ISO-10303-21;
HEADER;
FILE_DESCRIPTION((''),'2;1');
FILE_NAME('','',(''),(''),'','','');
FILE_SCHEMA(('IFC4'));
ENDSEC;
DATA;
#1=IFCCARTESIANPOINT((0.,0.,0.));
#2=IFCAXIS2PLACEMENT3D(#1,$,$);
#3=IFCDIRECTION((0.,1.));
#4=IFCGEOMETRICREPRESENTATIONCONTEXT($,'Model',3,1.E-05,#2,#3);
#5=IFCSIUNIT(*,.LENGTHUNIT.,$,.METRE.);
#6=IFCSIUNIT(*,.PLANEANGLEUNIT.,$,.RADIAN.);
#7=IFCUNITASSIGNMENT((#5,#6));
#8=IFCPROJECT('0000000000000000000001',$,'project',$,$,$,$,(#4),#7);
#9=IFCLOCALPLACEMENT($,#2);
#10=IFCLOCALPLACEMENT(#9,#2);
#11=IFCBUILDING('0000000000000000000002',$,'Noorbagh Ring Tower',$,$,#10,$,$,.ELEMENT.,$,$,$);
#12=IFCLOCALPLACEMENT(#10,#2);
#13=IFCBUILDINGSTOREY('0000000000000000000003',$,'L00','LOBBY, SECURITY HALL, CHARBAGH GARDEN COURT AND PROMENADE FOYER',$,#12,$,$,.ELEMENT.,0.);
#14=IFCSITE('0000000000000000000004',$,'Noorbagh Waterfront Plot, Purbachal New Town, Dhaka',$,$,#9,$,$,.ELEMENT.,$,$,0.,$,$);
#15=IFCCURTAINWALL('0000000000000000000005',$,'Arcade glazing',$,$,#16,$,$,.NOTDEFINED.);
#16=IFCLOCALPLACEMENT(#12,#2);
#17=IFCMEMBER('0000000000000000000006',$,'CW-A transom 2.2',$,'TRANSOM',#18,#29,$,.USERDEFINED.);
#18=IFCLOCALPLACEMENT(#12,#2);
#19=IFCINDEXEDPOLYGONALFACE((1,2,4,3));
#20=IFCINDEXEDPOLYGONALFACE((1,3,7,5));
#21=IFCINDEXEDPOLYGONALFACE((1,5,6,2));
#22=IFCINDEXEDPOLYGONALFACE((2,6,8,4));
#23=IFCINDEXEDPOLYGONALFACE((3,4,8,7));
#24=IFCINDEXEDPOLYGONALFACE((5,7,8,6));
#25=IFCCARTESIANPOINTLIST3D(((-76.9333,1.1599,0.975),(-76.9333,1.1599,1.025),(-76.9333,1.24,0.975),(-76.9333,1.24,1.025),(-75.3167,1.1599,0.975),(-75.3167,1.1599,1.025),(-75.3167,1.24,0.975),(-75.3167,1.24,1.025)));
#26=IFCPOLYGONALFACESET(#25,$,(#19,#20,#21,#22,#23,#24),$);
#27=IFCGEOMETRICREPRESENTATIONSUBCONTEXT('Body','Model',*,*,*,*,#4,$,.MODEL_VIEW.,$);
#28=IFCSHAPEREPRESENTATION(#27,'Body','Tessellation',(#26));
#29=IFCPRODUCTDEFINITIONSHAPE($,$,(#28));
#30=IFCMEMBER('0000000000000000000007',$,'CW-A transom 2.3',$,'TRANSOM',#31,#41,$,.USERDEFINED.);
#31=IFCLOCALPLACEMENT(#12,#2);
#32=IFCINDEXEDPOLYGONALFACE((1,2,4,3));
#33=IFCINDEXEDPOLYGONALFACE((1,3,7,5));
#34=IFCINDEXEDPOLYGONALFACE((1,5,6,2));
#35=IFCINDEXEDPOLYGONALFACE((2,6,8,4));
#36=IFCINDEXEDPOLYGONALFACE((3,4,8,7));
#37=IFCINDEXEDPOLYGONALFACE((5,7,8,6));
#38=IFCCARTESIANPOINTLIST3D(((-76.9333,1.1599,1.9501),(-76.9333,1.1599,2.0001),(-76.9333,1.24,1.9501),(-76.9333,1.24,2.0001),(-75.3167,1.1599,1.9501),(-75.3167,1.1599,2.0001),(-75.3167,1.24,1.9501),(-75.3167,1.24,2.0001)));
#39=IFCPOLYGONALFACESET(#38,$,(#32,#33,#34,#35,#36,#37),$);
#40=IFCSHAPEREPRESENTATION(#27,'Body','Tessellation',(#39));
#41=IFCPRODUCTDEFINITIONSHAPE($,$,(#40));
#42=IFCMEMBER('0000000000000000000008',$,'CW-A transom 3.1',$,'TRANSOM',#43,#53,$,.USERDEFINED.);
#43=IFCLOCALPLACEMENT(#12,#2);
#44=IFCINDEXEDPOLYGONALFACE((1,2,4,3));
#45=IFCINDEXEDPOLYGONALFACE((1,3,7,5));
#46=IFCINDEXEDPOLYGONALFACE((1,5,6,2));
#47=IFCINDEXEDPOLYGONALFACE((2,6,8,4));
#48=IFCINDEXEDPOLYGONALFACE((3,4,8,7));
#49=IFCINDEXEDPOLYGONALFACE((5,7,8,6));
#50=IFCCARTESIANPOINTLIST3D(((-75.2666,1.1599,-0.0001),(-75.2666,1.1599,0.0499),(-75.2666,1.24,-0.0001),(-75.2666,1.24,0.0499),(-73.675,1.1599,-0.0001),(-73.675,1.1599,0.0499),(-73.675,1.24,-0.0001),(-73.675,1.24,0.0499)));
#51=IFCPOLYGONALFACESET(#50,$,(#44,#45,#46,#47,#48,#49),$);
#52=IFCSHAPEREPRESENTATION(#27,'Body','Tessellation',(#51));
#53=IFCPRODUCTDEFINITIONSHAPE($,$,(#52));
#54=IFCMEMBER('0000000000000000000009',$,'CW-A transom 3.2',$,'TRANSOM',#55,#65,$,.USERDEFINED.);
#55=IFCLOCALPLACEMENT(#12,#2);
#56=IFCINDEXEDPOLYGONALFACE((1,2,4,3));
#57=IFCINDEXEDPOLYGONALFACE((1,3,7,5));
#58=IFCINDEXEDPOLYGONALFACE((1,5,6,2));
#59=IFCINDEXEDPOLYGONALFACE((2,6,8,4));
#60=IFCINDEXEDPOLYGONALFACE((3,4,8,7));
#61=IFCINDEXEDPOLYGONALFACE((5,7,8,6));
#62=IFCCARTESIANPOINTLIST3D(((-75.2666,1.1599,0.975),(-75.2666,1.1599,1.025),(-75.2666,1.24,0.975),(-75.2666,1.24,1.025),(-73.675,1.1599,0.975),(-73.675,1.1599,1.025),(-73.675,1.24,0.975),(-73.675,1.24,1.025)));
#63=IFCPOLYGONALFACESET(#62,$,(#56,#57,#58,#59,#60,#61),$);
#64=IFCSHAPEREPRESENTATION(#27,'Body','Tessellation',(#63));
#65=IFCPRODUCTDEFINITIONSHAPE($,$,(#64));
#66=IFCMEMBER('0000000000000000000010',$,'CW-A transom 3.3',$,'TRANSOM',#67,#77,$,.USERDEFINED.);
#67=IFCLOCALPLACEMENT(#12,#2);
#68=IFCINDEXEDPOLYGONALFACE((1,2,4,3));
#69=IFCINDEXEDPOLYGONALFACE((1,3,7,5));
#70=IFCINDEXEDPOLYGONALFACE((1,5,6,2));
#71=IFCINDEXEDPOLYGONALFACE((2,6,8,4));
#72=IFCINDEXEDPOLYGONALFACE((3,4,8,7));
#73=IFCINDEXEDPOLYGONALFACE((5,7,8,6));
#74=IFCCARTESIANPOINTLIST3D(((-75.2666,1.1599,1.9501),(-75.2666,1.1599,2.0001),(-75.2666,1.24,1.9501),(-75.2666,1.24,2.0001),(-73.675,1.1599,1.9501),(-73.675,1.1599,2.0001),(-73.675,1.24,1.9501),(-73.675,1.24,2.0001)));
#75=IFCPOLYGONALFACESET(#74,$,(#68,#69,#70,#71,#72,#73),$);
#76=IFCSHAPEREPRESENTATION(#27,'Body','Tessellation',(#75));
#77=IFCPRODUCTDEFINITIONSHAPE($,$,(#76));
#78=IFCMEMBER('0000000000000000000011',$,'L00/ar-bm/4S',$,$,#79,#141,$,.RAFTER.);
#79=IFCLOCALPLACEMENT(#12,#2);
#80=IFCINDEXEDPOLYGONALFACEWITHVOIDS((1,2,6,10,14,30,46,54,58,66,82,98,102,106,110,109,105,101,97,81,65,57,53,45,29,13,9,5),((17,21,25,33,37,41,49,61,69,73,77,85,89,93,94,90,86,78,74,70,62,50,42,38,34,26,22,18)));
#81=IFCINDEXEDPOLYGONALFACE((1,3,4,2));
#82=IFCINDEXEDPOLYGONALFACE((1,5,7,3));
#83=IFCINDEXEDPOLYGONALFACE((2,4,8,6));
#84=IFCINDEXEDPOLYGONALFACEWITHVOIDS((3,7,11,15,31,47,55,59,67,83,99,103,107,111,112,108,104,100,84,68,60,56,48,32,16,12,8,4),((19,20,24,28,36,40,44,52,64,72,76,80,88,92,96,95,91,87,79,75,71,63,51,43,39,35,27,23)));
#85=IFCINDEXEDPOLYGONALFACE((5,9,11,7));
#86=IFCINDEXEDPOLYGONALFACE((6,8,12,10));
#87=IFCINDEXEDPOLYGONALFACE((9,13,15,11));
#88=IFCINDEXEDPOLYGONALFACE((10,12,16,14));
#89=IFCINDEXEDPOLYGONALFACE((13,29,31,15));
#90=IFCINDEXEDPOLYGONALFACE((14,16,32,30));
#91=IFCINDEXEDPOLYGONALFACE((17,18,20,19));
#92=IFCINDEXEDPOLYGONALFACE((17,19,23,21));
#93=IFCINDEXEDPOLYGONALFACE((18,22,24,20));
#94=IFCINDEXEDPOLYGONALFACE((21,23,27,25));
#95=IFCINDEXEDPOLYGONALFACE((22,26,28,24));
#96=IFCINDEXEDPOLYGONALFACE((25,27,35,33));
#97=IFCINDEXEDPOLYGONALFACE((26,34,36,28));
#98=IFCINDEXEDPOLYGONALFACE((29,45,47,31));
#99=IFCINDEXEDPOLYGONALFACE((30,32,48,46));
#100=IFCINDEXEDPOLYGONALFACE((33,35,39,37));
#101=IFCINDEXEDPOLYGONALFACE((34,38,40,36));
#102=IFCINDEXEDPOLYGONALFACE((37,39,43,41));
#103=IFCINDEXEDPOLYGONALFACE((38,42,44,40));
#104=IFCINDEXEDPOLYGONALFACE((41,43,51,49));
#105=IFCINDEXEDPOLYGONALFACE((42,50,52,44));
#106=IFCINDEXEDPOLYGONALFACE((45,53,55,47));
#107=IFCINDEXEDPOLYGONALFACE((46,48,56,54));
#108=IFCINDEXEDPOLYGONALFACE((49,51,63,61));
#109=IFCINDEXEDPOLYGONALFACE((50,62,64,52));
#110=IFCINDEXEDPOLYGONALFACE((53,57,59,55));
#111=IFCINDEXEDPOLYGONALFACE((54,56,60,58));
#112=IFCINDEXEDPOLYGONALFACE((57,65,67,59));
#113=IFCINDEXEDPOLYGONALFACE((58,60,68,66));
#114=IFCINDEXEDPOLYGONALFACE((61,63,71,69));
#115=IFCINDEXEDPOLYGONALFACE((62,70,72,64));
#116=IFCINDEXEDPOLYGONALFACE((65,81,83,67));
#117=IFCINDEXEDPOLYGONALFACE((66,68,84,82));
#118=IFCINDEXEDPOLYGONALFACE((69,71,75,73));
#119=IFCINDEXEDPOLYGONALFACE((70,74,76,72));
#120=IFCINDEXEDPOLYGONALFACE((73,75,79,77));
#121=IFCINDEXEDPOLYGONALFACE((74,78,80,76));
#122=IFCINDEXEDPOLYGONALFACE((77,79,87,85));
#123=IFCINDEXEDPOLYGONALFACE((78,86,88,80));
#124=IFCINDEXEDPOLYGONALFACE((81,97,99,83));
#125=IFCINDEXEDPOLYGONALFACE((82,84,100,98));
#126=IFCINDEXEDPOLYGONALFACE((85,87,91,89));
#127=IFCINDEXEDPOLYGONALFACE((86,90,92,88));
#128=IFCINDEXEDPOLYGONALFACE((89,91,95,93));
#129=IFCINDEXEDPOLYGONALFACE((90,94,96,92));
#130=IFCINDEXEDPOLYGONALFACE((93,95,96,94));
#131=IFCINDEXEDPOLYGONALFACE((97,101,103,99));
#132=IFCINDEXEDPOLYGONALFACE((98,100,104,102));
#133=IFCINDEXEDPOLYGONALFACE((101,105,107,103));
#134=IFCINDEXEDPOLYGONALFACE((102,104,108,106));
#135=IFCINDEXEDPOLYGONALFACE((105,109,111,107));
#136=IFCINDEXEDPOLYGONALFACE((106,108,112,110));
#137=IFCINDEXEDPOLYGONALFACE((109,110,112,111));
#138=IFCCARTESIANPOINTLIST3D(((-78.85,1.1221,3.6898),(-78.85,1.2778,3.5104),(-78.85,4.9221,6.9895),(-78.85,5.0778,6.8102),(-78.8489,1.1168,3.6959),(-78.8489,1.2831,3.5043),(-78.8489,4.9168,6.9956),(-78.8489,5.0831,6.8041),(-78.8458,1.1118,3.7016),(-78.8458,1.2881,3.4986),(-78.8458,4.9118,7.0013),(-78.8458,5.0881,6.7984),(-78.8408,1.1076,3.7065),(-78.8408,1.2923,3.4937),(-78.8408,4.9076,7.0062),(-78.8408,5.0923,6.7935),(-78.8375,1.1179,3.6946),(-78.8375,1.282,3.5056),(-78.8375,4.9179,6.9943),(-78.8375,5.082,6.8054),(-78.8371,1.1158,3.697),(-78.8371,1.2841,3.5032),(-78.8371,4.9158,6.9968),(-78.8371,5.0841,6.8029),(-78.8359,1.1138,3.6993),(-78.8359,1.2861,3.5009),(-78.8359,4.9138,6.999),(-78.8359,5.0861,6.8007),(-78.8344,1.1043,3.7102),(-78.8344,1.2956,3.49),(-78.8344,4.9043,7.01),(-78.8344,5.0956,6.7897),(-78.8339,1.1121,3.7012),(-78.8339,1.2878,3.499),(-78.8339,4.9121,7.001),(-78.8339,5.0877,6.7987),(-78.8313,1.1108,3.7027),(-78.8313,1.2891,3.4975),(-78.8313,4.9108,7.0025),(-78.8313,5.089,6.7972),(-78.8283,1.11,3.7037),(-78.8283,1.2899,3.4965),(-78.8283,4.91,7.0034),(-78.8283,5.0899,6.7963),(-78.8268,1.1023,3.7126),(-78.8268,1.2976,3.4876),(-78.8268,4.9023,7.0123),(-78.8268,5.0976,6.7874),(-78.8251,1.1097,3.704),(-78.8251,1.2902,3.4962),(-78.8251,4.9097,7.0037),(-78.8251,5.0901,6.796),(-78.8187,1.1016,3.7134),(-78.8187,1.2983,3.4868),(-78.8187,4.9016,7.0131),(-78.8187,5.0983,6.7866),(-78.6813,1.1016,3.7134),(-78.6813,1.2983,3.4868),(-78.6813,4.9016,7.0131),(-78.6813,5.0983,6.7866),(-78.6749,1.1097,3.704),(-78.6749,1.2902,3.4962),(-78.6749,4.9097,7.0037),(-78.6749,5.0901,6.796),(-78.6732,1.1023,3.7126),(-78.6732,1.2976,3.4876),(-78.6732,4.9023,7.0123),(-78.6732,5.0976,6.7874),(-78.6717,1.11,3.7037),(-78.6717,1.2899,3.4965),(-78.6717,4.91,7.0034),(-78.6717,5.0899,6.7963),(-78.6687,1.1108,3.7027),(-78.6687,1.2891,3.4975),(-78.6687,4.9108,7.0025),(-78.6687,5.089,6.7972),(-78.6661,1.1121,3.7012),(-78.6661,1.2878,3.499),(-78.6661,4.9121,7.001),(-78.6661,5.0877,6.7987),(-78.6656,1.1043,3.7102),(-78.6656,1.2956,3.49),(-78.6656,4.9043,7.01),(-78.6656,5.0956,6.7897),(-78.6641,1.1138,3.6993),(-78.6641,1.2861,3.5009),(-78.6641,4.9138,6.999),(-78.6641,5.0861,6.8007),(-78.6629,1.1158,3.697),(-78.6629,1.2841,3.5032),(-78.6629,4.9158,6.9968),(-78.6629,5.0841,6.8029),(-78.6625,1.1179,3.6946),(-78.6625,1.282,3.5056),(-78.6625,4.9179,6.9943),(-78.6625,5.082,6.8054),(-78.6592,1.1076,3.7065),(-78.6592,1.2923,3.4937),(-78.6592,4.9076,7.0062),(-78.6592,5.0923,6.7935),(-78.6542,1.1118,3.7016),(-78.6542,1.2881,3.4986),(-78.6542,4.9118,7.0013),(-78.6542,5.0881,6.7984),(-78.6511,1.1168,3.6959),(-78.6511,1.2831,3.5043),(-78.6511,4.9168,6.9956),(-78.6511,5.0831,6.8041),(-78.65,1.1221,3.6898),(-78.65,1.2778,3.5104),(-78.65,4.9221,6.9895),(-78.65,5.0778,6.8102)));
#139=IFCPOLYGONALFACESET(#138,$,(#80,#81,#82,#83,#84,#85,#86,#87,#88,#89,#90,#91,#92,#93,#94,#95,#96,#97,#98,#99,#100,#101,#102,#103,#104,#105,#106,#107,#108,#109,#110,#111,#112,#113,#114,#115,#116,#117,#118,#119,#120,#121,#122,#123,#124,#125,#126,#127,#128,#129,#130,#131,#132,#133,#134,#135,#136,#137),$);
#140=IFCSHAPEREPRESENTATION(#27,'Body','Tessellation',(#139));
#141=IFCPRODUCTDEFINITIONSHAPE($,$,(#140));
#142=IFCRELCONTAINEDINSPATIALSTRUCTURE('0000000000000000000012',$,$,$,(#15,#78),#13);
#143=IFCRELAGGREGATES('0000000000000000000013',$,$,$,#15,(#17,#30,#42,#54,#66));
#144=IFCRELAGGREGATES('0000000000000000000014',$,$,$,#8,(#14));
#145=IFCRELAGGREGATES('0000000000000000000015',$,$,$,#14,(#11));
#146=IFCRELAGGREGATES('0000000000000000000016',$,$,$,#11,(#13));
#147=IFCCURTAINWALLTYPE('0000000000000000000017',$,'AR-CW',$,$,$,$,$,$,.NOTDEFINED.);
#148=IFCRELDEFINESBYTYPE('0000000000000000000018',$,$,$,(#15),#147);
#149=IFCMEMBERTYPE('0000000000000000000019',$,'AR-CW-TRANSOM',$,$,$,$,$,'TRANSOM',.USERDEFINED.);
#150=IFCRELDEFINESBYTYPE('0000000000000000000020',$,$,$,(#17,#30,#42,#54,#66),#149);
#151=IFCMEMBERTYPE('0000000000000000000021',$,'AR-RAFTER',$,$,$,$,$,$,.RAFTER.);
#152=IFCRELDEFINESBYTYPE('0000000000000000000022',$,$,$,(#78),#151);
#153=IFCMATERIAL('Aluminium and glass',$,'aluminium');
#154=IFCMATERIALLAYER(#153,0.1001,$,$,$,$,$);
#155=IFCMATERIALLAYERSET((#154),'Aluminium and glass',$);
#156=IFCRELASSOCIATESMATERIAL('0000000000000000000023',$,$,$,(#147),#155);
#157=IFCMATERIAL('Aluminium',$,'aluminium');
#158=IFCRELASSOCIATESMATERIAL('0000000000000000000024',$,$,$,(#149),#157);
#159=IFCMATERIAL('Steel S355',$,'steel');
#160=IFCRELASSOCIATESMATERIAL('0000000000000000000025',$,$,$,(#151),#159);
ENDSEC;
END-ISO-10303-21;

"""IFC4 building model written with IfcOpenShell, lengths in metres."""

from ifc_helpers import new_model, si_unit, direction, frame, origin, origin_2d, place, context, subcontext, project, spatial, rectangle, hollow_rectangle, extrude, material, layer, layer_set, material_profile, profile_set, type_object, element, aggregate, save


model = new_model("IFC4")

# Units and contexts
model_context = context("Model", 3, precision=1e-05, world=origin(), true_north=direction((0.0, 1.0)))
body_context = subcontext(model_context, "Body", "Model", "MODEL_VIEW")
ifc_project = project(units=[si_unit("LENGTHUNIT", "METRE"), si_unit("PLANEANGLEUNIT", "RADIAN")], contexts=[model_context])

# Site, building, storey
site_placement = place(None, origin())
site = spatial("IfcSite", under=ifc_project, at=site_placement, Name="Noorbagh Waterfront Plot, Purbachal New Town, Dhaka", CompositionType="ELEMENT", RefElevation=0.0)
building_placement = place(site_placement, origin())
building = spatial("IfcBuilding", under=site, at=building_placement, Name="Noorbagh Ring Tower", CompositionType="ELEMENT")
storey_placement = place(building_placement, origin())
storey = spatial("IfcBuildingStorey", under=building, at=storey_placement, Name="L00", Description="LOBBY, SECURITY HALL, CHARBAGH GARDEN COURT AND PROMENADE FOYER", CompositionType="ELEMENT", Elevation=0.0)

# Curtain wall
ifc_material_1 = material(Name="Aluminium and glass", Category="aluminium")
ifc_layer_1 = layer(ifc_material_1, 0.1001)
ifc_layer_set_1 = layer_set([ifc_layer_1], Name="Aluminium and glass")
curtain_wall_type = type_object("IfcCurtainWallType", Name="AR-CW", PredefinedType="NOTDEFINED", material=ifc_layer_set_1)
curtain_wall_1_placement = place(storey_placement, origin())
curtain_wall_1 = element("IfcCurtainWall", 1, at=curtain_wall_1_placement, inside=storey, type_object=curtain_wall_type, Name="Arcade glazing", PredefinedType="NOTDEFINED")

# Members
ifc_material_2 = material(Name="Aluminium", Category="aluminium")
ifc_material_profile_1 = material_profile(ifc_material_2, rectangle(XDim=0.0801, YDim=0.05, at=origin_2d()), Name="AL 80x50")
ifc_profile_set_1 = profile_set([ifc_material_profile_1], Name="Aluminium")
member_type_1 = type_object("IfcMemberType", Name="AR-CW-TRANSOM", ElementType="TRANSOM", PredefinedType="USERDEFINED", material=ifc_profile_set_1)
member_1_placement = place(storey_placement, frame((-76.9333, 1.2, 1.0), z_axis=(1.0, 0.0, 0.0), x_axis=(0.0, 1.0, 0.0)))
member_1 = element("IfcMember", 2, at=member_1_placement, type_object=member_type_1, Name="CW-A transom 2.2", ObjectType="TRANSOM", PredefinedType="USERDEFINED", context=body_context, shape_type="SweptSolid", body=[
    extrude(rectangle(XDim=0.0801, YDim=0.05, at=origin_2d()), origin(), (0.0, 0.0, 1.0), 1.6167),
])
member_2_placement = place(storey_placement, frame((-76.9333, 1.2, 1.9751), z_axis=(1.0, 0.0, 0.0), x_axis=(0.0, 1.0, 0.0)))
member_2 = element("IfcMember", 3, at=member_2_placement, type_object=member_type_1, Name="CW-A transom 2.3", ObjectType="TRANSOM", PredefinedType="USERDEFINED", context=body_context, shape_type="SweptSolid", body=[
    extrude(rectangle(XDim=0.0801, YDim=0.05, at=origin_2d()), origin(), (0.0, 0.0, 1.0), 1.6167),
])
member_3_placement = place(storey_placement, frame((-75.2666, 1.2, 0.0249), z_axis=(1.0, 0.0, 0.0), x_axis=(0.0, 1.0, 0.0)))
member_3 = element("IfcMember", 4, at=member_3_placement, type_object=member_type_1, Name="CW-A transom 3.1", ObjectType="TRANSOM", PredefinedType="USERDEFINED", context=body_context, shape_type="SweptSolid", body=[
    extrude(rectangle(XDim=0.0801, YDim=0.05, at=origin_2d()), origin(), (0.0, 0.0, 1.0), 1.5916),
])
member_4_placement = place(storey_placement, frame((-75.2666, 1.2, 1.0), z_axis=(1.0, 0.0, 0.0), x_axis=(0.0, 1.0, 0.0)))
member_4 = element("IfcMember", 5, at=member_4_placement, type_object=member_type_1, Name="CW-A transom 3.2", ObjectType="TRANSOM", PredefinedType="USERDEFINED", context=body_context, shape_type="SweptSolid", body=[
    extrude(rectangle(XDim=0.0801, YDim=0.05, at=origin_2d()), origin(), (0.0, 0.0, 1.0), 1.5916),
])
member_5_placement = place(storey_placement, frame((-75.2666, 1.2, 1.9751), z_axis=(1.0, 0.0, 0.0), x_axis=(0.0, 1.0, 0.0)))
member_5 = element("IfcMember", 6, at=member_5_placement, type_object=member_type_1, Name="CW-A transom 3.3", ObjectType="TRANSOM", PredefinedType="USERDEFINED", context=body_context, shape_type="SweptSolid", body=[
    extrude(rectangle(XDim=0.0801, YDim=0.05, at=origin_2d()), origin(), (0.0, 0.0, 1.0), 1.5916),
])

# Member
ifc_material_3 = material(Name="Steel S355", Category="steel")
ifc_material_profile_2 = material_profile(ifc_material_3, hollow_rectangle(XDim=0.2, YDim=0.3, WallThickness=0.0125, InnerFilletRadius=0.0125, OuterFilletRadius=0.0312, at=origin_2d()), Name="RHS300x200x12.5")
ifc_profile_set_2 = profile_set([ifc_material_profile_2], Name="Steel S355")
member_type_2 = type_object("IfcMemberType", Name="AR-RAFTER", PredefinedType="RAFTER", material=ifc_profile_set_2)
for number, where, z_axis, x_axis, name in (
    (7, (-78.75, 1.2, 3.6001), (0.0, 0.755057, 0.65566), (-1.0, 0.0, 0.0), "L00/ar-bm/4S"),
):
    element("IfcMember", number, at=place(storey_placement, frame(where, z_axis=z_axis, x_axis=x_axis)), inside=storey, type_object=member_type_2, Name=name, PredefinedType="RAFTER", context=body_context, shape_type="SweptSolid", body=[
        extrude(hollow_rectangle(XDim=0.2, YDim=0.3, WallThickness=0.0125, InnerFilletRadius=0.0125, OuterFilletRadius=0.0312, at=origin_2d()), origin(), (0.0, 0.0, 1.0), 5.0327),
    ])

aggregate(curtain_wall_1, [member_1, member_2, member_3, member_4, member_5])

save(model, "model.ifc")
